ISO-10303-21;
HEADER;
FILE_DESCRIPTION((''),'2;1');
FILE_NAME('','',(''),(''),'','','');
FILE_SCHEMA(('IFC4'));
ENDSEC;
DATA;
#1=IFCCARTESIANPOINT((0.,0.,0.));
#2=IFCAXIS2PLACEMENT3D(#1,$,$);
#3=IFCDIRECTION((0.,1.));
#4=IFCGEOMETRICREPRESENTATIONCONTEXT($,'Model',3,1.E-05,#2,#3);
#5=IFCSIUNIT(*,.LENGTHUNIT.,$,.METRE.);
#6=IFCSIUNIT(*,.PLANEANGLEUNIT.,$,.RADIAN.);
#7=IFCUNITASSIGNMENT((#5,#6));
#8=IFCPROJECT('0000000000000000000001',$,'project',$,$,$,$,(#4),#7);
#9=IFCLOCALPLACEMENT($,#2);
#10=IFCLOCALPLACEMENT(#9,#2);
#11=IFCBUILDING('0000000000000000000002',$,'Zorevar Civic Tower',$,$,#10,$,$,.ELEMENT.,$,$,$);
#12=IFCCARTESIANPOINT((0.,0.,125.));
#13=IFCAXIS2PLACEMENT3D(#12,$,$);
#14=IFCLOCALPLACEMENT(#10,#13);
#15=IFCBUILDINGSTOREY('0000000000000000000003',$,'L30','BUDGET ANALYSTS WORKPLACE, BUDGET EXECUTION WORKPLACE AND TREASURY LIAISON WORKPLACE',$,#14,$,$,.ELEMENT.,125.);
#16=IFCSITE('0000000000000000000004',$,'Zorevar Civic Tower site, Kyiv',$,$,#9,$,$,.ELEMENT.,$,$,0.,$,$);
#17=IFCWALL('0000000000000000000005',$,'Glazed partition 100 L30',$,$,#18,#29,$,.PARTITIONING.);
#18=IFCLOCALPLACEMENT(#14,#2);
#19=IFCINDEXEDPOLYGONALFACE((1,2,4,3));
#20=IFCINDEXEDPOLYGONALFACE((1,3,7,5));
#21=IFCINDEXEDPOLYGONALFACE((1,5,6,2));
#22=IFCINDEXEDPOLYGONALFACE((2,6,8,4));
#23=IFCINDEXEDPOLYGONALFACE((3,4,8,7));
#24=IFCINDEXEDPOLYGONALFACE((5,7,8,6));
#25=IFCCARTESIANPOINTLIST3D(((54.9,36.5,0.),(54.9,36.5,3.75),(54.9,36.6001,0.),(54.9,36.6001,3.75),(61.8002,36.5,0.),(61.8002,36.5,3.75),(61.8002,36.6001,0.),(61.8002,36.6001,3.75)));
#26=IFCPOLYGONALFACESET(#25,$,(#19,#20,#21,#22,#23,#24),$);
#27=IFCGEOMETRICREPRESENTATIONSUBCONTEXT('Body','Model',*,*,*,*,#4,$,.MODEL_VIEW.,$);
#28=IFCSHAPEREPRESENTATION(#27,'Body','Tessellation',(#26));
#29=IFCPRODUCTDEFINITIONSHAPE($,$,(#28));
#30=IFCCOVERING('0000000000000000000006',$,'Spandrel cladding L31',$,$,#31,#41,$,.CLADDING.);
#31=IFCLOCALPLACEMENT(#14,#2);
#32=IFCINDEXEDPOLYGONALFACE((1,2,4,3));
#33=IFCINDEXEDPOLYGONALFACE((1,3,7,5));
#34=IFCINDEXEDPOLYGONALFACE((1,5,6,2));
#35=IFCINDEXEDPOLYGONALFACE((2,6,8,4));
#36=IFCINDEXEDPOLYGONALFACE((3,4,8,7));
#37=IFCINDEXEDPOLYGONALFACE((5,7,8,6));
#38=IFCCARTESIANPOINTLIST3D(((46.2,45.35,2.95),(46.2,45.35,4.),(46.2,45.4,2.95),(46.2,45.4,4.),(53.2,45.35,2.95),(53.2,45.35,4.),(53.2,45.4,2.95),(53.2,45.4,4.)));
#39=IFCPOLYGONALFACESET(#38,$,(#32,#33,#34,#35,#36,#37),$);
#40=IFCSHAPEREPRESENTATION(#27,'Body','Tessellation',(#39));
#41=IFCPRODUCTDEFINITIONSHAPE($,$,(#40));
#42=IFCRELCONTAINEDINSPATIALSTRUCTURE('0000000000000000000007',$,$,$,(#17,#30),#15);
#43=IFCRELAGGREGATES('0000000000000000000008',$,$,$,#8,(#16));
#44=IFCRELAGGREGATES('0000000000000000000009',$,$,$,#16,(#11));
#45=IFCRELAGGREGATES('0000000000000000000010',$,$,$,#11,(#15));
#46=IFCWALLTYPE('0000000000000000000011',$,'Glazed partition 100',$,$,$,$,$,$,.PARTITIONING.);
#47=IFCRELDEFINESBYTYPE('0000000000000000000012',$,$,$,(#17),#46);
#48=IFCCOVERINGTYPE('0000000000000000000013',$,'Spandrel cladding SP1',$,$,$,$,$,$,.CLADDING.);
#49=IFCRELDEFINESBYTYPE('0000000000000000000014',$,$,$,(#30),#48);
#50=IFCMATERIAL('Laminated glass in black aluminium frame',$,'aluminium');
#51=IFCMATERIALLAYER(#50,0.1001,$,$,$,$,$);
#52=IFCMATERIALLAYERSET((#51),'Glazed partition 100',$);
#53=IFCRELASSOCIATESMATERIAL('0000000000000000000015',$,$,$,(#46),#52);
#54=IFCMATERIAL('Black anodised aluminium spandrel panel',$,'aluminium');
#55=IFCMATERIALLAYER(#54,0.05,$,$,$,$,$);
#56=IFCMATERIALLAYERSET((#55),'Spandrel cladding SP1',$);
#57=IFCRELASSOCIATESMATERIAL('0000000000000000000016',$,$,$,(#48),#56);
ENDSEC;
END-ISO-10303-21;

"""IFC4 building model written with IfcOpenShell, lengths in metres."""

from ifc_helpers import new_model, si_unit, direction, frame, frame_2d, origin, place, context, subcontext, project, spatial, rectangle, extrude, material, layer, layer_set, type_object, element, save


model = new_model("IFC4")

# Units and contexts
model_context = context("Model", 3, precision=1e-05, world=origin(), true_north=direction((0.0, 1.0)))
body_context = subcontext(model_context, "Body", "Model", "MODEL_VIEW")
ifc_project = project(units=[si_unit("LENGTHUNIT", "METRE"), si_unit("PLANEANGLEUNIT", "RADIAN")], contexts=[model_context])

# Site, building, storey
site_placement = place(None, origin())
site = spatial("IfcSite", under=ifc_project, at=site_placement, Name="Zorevar Civic Tower site, Kyiv", CompositionType="ELEMENT", RefElevation=0.0)
building_placement = place(site_placement, origin())
building = spatial("IfcBuilding", under=site, at=building_placement, Name="Zorevar Civic Tower", CompositionType="ELEMENT")
storey_placement = place(building_placement, frame((0.0, 0.0, 125.0)))
storey = spatial("IfcBuildingStorey", under=building, at=storey_placement, Name="L30", Description="BUDGET ANALYSTS WORKPLACE, BUDGET EXECUTION WORKPLACE AND TREASURY LIAISON WORKPLACE", CompositionType="ELEMENT", Elevation=125.0)

# Wall
ifc_material_1 = material(Name="Laminated glass in black aluminium frame", Category="aluminium")
ifc_layer_1 = layer(ifc_material_1, 0.1001)
ifc_layer_set_1 = layer_set([ifc_layer_1], Name="Glazed partition 100")
wall_type = type_object("IfcWallType", Name="Glazed partition 100", PredefinedType="PARTITIONING", material=ifc_layer_set_1)
wall_1_placement = place(storey_placement, frame((54.8999, 36.55, 0.0), z_axis=(0.0, 0.0, 1.0), x_axis=(1.0, 0.0, 0.0)))
element("IfcWall", 1, at=wall_1_placement, inside=storey, type_object=wall_type, Name="Glazed partition 100 L30", PredefinedType="PARTITIONING", context=body_context, shape_type="SweptSolid", body=[
    extrude(rectangle(XDim=6.9001, YDim=0.1001, at=frame_2d((3.4502, 0.0))), origin(), (0.0, 0.0, 1.0), 3.75),
])

# Covering
ifc_material_2 = material(Name="Black anodised aluminium spandrel panel", Category="aluminium")
ifc_layer_2 = layer(ifc_material_2, 0.05)
ifc_layer_set_2 = layer_set([ifc_layer_2], Name="Spandrel cladding SP1")
covering_type = type_object("IfcCoveringType", Name="Spandrel cladding SP1", PredefinedType="CLADDING", material=ifc_layer_set_2)
covering_placement = place(storey_placement, frame((46.2, 45.375, 2.95), z_axis=(0.0, 0.0, 1.0), x_axis=(1.0, 0.0, 0.0)))
element("IfcCovering", 2, at=covering_placement, inside=storey, type_object=covering_type, Name="Spandrel cladding L31", PredefinedType="CLADDING", context=body_context, shape_type="SweptSolid", body=[
    extrude(rectangle(XDim=7.0, YDim=0.05, at=frame_2d((3.5, 0.0))), origin(), (0.0, 0.0, 1.0), 1.05),
])

save(model, "model.ifc")
